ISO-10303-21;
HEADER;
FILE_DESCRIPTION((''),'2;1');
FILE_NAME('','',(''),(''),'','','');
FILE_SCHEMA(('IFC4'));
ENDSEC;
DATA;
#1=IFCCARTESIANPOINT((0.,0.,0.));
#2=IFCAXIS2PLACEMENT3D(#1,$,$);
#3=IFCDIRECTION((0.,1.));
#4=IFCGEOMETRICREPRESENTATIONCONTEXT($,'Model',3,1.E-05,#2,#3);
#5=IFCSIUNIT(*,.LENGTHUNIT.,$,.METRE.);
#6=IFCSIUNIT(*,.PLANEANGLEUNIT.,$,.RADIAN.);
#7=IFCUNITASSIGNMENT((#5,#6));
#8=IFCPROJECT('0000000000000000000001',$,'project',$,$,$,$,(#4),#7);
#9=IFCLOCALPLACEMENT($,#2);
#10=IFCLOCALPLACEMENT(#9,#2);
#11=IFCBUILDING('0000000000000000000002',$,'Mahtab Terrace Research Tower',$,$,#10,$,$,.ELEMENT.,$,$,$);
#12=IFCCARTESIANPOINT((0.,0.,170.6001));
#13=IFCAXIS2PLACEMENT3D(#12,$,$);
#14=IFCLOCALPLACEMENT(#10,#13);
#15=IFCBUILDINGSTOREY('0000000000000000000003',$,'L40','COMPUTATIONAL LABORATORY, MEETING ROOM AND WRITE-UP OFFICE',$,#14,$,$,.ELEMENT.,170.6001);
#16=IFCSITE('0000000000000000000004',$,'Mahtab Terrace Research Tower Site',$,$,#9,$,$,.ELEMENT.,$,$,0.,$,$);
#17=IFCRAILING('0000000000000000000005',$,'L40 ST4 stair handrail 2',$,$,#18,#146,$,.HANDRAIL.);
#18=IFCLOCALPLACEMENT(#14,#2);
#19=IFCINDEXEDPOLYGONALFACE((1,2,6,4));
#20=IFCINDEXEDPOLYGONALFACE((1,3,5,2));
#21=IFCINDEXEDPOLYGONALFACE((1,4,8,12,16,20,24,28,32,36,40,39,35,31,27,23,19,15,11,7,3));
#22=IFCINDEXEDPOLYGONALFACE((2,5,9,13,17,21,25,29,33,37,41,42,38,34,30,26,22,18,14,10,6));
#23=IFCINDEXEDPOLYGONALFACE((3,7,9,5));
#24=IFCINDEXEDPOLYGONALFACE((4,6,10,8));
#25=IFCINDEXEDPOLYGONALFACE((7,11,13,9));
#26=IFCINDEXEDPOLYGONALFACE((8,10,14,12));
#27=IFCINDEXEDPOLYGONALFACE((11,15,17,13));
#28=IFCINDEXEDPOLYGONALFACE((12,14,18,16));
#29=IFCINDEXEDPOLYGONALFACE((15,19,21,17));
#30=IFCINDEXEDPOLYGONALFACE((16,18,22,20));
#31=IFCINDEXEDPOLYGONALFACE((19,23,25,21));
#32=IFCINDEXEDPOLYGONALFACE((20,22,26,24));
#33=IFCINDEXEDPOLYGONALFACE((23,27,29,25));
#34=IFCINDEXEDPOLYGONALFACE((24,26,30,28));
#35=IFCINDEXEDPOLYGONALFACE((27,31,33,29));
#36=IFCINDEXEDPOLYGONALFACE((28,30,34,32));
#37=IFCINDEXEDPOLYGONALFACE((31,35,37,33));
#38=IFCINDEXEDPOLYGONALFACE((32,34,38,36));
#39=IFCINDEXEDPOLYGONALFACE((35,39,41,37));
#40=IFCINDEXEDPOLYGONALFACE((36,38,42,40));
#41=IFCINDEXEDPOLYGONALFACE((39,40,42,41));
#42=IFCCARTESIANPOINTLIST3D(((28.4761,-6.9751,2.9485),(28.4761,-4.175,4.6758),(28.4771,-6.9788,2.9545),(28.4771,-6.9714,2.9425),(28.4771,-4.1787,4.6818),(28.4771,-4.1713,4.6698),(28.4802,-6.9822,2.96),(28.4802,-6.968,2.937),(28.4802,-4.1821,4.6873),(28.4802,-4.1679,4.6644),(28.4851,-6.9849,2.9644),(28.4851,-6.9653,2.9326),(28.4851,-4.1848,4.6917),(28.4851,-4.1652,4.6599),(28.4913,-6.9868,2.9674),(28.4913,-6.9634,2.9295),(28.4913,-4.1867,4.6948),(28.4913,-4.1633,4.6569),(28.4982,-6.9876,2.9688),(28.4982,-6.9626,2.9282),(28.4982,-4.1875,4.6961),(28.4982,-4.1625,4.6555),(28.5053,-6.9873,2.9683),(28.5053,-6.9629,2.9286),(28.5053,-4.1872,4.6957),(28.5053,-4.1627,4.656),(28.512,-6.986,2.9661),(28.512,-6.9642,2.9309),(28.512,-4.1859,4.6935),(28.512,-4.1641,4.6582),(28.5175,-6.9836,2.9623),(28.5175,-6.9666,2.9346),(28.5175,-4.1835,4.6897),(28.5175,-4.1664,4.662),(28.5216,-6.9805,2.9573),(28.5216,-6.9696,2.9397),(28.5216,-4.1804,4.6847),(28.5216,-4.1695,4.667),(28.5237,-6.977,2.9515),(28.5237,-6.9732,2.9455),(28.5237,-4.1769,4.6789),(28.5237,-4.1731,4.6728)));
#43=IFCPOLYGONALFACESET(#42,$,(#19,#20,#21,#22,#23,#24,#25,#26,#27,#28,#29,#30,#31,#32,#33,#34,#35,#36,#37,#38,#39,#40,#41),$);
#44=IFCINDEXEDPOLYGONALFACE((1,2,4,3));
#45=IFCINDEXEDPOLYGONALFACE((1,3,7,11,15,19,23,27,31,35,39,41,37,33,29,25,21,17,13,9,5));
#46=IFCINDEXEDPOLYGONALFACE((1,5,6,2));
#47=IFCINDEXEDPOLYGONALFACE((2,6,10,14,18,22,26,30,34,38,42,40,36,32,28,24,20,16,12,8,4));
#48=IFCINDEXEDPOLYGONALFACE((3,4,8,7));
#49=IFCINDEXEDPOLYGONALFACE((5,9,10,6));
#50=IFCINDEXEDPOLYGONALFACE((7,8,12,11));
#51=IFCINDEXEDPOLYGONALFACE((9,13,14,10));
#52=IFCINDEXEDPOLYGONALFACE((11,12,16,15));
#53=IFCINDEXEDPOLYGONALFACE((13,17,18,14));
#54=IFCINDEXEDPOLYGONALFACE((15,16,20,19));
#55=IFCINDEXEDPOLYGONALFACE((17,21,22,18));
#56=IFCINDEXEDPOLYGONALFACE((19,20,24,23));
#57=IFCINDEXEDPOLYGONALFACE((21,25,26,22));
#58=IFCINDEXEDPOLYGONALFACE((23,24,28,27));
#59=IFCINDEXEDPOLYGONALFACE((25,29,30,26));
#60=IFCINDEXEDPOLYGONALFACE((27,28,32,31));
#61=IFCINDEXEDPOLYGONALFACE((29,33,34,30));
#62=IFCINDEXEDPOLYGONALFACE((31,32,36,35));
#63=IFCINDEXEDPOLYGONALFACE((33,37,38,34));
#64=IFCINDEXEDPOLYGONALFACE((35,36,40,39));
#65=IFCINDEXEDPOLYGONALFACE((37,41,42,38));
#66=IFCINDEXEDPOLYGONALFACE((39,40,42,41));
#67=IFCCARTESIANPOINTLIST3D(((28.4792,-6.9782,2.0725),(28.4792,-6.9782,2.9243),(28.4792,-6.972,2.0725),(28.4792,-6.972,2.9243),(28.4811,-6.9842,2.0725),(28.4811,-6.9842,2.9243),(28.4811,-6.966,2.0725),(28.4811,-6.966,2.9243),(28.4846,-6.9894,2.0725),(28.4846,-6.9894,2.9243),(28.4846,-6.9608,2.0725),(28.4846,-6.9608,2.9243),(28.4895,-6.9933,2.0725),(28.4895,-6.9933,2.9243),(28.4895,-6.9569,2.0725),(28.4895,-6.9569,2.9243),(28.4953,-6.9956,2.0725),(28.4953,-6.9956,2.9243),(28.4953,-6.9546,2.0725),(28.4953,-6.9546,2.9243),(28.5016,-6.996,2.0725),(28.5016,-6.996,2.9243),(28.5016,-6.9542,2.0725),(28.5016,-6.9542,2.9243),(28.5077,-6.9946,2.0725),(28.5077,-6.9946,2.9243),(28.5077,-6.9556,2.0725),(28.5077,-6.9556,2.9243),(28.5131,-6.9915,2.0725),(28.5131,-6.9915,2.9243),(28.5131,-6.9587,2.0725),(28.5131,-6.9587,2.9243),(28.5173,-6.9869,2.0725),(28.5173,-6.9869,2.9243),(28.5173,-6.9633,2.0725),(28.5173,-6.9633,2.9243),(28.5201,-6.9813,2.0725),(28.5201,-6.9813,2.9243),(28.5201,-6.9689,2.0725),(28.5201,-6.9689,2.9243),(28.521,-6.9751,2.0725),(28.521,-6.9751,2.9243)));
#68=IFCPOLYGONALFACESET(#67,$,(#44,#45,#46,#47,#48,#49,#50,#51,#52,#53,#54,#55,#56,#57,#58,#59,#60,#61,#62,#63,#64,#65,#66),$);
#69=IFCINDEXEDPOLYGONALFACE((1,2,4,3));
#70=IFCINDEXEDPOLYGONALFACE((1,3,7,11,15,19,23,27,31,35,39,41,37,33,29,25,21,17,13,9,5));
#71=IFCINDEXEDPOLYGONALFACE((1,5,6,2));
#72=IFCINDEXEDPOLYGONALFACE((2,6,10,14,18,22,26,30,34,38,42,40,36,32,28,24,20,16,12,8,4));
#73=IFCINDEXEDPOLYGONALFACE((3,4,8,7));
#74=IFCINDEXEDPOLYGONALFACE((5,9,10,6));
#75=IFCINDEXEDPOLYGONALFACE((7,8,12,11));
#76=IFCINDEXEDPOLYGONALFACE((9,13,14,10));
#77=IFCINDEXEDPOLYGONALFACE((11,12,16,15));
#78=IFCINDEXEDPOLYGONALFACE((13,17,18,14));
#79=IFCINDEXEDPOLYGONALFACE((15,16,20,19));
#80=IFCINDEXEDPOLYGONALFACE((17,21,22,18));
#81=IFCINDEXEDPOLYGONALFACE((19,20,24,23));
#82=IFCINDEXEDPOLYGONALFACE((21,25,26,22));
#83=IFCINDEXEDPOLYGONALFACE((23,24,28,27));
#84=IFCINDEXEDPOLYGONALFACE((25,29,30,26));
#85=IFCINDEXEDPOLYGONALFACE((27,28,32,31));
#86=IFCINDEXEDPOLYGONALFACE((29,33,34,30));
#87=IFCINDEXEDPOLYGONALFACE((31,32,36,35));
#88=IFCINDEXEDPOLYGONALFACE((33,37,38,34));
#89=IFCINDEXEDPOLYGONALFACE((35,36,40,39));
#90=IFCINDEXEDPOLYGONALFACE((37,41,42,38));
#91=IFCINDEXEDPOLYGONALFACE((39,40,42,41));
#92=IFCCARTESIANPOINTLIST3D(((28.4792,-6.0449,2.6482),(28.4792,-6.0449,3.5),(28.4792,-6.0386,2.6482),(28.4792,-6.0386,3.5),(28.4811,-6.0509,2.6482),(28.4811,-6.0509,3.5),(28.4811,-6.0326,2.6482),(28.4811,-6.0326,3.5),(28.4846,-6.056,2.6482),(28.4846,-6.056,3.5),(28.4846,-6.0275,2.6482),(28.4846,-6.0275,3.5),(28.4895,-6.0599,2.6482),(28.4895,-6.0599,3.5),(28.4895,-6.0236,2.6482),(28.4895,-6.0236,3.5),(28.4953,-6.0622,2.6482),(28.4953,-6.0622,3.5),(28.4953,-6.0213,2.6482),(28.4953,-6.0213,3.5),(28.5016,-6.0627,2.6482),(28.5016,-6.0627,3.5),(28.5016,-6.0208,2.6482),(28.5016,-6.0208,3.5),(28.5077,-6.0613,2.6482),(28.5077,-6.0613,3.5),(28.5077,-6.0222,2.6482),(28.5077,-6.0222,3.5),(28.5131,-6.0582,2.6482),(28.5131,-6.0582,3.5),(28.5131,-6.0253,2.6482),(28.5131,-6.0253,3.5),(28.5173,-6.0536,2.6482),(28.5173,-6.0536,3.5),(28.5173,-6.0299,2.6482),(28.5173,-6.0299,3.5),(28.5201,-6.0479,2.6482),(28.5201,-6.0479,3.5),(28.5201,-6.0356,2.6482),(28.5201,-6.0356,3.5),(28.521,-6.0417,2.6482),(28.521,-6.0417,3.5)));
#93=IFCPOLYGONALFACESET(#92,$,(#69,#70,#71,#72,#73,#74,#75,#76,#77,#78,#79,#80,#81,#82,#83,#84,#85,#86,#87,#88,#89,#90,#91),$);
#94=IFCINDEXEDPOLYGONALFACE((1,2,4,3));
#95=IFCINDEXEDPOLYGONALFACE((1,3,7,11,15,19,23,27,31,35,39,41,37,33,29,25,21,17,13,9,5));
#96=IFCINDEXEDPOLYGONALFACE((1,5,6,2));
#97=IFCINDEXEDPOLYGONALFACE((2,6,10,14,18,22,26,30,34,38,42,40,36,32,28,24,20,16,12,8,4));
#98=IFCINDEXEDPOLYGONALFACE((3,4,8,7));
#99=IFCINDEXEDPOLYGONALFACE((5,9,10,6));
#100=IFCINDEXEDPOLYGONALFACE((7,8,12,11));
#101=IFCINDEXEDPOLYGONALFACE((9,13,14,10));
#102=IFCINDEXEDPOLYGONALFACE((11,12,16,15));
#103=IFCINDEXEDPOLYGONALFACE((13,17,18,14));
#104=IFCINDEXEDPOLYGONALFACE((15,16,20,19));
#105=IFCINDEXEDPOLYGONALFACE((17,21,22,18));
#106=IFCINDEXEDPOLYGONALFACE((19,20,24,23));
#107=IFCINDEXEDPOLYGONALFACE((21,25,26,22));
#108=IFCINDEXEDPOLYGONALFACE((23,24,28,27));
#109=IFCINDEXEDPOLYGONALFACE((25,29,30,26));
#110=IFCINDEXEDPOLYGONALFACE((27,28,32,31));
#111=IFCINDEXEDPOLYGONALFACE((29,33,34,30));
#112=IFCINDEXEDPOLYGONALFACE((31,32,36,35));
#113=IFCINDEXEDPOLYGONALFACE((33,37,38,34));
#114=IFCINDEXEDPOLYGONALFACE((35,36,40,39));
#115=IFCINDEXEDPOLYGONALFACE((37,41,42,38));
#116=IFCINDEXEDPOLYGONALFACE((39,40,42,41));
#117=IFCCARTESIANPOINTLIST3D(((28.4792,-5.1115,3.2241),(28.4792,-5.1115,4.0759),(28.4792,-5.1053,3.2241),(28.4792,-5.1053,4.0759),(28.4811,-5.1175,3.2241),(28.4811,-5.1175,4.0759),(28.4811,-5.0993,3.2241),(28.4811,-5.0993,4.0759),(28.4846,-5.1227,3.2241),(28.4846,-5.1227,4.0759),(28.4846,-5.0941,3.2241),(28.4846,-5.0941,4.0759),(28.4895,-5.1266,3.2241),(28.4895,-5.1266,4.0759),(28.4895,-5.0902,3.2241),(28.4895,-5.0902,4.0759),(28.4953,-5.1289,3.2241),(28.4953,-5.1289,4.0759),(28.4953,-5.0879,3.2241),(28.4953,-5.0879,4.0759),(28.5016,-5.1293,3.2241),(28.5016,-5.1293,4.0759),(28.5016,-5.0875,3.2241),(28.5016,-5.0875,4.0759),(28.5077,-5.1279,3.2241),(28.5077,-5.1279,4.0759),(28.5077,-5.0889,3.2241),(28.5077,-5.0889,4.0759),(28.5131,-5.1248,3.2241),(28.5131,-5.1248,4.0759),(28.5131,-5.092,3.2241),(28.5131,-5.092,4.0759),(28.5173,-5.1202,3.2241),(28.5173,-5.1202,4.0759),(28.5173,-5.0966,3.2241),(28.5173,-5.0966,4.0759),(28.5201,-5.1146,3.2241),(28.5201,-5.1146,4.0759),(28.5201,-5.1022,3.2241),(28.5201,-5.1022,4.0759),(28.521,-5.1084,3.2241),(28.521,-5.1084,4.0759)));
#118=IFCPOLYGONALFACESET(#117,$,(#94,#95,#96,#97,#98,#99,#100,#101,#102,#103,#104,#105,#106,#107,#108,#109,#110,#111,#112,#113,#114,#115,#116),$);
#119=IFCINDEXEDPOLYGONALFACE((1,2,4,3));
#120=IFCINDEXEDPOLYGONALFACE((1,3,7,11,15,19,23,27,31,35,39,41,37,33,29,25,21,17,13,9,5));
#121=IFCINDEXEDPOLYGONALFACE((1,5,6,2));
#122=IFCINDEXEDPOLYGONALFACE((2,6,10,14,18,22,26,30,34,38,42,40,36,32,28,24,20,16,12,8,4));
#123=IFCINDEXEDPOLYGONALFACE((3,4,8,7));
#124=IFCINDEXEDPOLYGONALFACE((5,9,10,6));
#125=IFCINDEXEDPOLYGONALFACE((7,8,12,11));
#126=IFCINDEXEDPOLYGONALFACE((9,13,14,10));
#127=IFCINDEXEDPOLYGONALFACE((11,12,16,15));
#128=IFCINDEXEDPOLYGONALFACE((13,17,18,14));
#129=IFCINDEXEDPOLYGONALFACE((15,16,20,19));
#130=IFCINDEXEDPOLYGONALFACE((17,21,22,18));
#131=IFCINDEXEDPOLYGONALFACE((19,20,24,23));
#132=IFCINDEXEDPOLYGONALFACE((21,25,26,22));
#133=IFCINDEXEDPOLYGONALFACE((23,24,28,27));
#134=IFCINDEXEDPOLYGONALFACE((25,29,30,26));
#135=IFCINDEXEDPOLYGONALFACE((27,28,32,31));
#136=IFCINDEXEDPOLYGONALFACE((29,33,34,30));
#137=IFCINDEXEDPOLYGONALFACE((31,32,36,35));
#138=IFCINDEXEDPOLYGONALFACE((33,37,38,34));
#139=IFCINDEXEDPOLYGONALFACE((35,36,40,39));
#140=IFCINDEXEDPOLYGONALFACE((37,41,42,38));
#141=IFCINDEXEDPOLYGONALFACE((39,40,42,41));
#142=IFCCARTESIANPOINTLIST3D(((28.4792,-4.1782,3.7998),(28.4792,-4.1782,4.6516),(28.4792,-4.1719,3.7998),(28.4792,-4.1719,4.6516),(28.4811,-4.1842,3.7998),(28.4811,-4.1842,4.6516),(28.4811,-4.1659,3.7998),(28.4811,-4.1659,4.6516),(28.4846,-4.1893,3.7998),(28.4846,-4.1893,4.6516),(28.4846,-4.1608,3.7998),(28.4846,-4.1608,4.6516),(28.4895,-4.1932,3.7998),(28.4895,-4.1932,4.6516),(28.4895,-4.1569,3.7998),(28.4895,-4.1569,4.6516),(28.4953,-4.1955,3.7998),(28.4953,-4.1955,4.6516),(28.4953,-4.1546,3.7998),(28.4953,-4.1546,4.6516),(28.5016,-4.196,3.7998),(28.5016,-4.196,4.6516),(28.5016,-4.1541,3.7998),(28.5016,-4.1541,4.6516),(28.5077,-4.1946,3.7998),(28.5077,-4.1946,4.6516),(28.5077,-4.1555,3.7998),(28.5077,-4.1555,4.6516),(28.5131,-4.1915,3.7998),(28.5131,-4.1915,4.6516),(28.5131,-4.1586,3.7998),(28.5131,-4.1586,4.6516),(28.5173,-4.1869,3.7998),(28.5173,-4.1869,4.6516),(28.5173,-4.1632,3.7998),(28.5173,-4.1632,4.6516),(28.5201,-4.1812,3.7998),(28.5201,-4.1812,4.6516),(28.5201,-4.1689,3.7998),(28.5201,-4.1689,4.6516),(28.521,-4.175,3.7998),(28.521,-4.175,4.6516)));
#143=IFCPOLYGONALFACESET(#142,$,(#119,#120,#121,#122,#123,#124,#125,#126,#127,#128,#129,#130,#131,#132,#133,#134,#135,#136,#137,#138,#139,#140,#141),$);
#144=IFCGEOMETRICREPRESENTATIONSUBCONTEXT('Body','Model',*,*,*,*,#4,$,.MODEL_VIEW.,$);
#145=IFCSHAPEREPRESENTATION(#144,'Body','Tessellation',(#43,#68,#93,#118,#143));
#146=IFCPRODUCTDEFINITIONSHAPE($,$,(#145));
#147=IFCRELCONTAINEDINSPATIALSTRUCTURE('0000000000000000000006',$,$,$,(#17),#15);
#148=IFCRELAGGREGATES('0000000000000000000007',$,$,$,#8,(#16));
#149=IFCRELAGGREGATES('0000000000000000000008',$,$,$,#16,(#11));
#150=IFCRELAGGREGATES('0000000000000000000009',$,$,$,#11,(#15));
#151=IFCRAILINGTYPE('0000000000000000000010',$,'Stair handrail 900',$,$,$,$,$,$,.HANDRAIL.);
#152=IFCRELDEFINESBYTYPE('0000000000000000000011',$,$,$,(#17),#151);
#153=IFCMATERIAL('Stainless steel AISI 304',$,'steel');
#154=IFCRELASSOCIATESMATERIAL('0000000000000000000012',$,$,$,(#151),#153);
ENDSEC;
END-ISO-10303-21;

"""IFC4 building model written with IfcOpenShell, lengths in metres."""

from ifc_helpers import new_model, si_unit, direction, frame, origin, origin_2d, place, context, subcontext, project, spatial, circle, extrude, material, type_object, element, save


model = new_model("IFC4")

# Units and contexts
model_context = context("Model", 3, precision=1e-05, world=origin(), true_north=direction((0.0, 1.0)))
body_context = subcontext(model_context, "Body", "Model", "MODEL_VIEW")
ifc_project = project(units=[si_unit("LENGTHUNIT", "METRE"), si_unit("PLANEANGLEUNIT", "RADIAN")], contexts=[model_context])

# Site, building, storey
site_placement = place(None, origin())
site = spatial("IfcSite", under=ifc_project, at=site_placement, Name="Mahtab Terrace Research Tower Site", CompositionType="ELEMENT", RefElevation=0.0)
building_placement = place(site_placement, origin())
building = spatial("IfcBuilding", under=site, at=building_placement, Name="Mahtab Terrace Research Tower", CompositionType="ELEMENT")
storey_placement = place(building_placement, frame((0.0, 0.0, 170.6001)))
storey = spatial("IfcBuildingStorey", under=building, at=storey_placement, Name="L40", Description="COMPUTATIONAL LABORATORY, MEETING ROOM AND WRITE-UP OFFICE", CompositionType="ELEMENT", Elevation=170.6001)

# Railing
ifc_material_1 = material(Name="Stainless steel AISI 304", Category="steel")
railing_type_1 = type_object("IfcRailingType", Name="Stair handrail 900", PredefinedType="HANDRAIL", material=ifc_material_1)
railing_1_placement = place(storey_placement, frame((28.5, -6.9751, 2.0725)))
element("IfcRailing", 1, at=railing_1_placement, inside=storey, type_object=railing_type_1, Name="L40 ST4 stair handrail 2", PredefinedType="HANDRAIL", context=body_context, shape_type="SweptSolid", body=[
    extrude(circle(Radius=0.0239, at=origin_2d()), frame((0.0, 0.0, 0.876), z_axis=(0.0, 0.85109, 0.52502), x_axis=(-1.0, 0.0, 0.0)), (0.0, 0.0, 1.0), 3.29),
    extrude(circle(Radius=0.021, at=origin_2d()), origin(), (0.0, 0.0, 1.0), 0.8518),
    extrude(circle(Radius=0.021, at=origin_2d()), frame((0.0, 0.9333, 0.5757)), (0.0, 0.0, 1.0), 0.8518),
    extrude(circle(Radius=0.021, at=origin_2d()), frame((0.0, 1.8667, 1.1516)), (0.0, 0.0, 1.0), 0.8518),
    extrude(circle(Radius=0.021, at=origin_2d()), frame((0.0, 2.8, 1.7273)), (0.0, 0.0, 1.0), 0.8518),
])

save(model, "model.ifc")
